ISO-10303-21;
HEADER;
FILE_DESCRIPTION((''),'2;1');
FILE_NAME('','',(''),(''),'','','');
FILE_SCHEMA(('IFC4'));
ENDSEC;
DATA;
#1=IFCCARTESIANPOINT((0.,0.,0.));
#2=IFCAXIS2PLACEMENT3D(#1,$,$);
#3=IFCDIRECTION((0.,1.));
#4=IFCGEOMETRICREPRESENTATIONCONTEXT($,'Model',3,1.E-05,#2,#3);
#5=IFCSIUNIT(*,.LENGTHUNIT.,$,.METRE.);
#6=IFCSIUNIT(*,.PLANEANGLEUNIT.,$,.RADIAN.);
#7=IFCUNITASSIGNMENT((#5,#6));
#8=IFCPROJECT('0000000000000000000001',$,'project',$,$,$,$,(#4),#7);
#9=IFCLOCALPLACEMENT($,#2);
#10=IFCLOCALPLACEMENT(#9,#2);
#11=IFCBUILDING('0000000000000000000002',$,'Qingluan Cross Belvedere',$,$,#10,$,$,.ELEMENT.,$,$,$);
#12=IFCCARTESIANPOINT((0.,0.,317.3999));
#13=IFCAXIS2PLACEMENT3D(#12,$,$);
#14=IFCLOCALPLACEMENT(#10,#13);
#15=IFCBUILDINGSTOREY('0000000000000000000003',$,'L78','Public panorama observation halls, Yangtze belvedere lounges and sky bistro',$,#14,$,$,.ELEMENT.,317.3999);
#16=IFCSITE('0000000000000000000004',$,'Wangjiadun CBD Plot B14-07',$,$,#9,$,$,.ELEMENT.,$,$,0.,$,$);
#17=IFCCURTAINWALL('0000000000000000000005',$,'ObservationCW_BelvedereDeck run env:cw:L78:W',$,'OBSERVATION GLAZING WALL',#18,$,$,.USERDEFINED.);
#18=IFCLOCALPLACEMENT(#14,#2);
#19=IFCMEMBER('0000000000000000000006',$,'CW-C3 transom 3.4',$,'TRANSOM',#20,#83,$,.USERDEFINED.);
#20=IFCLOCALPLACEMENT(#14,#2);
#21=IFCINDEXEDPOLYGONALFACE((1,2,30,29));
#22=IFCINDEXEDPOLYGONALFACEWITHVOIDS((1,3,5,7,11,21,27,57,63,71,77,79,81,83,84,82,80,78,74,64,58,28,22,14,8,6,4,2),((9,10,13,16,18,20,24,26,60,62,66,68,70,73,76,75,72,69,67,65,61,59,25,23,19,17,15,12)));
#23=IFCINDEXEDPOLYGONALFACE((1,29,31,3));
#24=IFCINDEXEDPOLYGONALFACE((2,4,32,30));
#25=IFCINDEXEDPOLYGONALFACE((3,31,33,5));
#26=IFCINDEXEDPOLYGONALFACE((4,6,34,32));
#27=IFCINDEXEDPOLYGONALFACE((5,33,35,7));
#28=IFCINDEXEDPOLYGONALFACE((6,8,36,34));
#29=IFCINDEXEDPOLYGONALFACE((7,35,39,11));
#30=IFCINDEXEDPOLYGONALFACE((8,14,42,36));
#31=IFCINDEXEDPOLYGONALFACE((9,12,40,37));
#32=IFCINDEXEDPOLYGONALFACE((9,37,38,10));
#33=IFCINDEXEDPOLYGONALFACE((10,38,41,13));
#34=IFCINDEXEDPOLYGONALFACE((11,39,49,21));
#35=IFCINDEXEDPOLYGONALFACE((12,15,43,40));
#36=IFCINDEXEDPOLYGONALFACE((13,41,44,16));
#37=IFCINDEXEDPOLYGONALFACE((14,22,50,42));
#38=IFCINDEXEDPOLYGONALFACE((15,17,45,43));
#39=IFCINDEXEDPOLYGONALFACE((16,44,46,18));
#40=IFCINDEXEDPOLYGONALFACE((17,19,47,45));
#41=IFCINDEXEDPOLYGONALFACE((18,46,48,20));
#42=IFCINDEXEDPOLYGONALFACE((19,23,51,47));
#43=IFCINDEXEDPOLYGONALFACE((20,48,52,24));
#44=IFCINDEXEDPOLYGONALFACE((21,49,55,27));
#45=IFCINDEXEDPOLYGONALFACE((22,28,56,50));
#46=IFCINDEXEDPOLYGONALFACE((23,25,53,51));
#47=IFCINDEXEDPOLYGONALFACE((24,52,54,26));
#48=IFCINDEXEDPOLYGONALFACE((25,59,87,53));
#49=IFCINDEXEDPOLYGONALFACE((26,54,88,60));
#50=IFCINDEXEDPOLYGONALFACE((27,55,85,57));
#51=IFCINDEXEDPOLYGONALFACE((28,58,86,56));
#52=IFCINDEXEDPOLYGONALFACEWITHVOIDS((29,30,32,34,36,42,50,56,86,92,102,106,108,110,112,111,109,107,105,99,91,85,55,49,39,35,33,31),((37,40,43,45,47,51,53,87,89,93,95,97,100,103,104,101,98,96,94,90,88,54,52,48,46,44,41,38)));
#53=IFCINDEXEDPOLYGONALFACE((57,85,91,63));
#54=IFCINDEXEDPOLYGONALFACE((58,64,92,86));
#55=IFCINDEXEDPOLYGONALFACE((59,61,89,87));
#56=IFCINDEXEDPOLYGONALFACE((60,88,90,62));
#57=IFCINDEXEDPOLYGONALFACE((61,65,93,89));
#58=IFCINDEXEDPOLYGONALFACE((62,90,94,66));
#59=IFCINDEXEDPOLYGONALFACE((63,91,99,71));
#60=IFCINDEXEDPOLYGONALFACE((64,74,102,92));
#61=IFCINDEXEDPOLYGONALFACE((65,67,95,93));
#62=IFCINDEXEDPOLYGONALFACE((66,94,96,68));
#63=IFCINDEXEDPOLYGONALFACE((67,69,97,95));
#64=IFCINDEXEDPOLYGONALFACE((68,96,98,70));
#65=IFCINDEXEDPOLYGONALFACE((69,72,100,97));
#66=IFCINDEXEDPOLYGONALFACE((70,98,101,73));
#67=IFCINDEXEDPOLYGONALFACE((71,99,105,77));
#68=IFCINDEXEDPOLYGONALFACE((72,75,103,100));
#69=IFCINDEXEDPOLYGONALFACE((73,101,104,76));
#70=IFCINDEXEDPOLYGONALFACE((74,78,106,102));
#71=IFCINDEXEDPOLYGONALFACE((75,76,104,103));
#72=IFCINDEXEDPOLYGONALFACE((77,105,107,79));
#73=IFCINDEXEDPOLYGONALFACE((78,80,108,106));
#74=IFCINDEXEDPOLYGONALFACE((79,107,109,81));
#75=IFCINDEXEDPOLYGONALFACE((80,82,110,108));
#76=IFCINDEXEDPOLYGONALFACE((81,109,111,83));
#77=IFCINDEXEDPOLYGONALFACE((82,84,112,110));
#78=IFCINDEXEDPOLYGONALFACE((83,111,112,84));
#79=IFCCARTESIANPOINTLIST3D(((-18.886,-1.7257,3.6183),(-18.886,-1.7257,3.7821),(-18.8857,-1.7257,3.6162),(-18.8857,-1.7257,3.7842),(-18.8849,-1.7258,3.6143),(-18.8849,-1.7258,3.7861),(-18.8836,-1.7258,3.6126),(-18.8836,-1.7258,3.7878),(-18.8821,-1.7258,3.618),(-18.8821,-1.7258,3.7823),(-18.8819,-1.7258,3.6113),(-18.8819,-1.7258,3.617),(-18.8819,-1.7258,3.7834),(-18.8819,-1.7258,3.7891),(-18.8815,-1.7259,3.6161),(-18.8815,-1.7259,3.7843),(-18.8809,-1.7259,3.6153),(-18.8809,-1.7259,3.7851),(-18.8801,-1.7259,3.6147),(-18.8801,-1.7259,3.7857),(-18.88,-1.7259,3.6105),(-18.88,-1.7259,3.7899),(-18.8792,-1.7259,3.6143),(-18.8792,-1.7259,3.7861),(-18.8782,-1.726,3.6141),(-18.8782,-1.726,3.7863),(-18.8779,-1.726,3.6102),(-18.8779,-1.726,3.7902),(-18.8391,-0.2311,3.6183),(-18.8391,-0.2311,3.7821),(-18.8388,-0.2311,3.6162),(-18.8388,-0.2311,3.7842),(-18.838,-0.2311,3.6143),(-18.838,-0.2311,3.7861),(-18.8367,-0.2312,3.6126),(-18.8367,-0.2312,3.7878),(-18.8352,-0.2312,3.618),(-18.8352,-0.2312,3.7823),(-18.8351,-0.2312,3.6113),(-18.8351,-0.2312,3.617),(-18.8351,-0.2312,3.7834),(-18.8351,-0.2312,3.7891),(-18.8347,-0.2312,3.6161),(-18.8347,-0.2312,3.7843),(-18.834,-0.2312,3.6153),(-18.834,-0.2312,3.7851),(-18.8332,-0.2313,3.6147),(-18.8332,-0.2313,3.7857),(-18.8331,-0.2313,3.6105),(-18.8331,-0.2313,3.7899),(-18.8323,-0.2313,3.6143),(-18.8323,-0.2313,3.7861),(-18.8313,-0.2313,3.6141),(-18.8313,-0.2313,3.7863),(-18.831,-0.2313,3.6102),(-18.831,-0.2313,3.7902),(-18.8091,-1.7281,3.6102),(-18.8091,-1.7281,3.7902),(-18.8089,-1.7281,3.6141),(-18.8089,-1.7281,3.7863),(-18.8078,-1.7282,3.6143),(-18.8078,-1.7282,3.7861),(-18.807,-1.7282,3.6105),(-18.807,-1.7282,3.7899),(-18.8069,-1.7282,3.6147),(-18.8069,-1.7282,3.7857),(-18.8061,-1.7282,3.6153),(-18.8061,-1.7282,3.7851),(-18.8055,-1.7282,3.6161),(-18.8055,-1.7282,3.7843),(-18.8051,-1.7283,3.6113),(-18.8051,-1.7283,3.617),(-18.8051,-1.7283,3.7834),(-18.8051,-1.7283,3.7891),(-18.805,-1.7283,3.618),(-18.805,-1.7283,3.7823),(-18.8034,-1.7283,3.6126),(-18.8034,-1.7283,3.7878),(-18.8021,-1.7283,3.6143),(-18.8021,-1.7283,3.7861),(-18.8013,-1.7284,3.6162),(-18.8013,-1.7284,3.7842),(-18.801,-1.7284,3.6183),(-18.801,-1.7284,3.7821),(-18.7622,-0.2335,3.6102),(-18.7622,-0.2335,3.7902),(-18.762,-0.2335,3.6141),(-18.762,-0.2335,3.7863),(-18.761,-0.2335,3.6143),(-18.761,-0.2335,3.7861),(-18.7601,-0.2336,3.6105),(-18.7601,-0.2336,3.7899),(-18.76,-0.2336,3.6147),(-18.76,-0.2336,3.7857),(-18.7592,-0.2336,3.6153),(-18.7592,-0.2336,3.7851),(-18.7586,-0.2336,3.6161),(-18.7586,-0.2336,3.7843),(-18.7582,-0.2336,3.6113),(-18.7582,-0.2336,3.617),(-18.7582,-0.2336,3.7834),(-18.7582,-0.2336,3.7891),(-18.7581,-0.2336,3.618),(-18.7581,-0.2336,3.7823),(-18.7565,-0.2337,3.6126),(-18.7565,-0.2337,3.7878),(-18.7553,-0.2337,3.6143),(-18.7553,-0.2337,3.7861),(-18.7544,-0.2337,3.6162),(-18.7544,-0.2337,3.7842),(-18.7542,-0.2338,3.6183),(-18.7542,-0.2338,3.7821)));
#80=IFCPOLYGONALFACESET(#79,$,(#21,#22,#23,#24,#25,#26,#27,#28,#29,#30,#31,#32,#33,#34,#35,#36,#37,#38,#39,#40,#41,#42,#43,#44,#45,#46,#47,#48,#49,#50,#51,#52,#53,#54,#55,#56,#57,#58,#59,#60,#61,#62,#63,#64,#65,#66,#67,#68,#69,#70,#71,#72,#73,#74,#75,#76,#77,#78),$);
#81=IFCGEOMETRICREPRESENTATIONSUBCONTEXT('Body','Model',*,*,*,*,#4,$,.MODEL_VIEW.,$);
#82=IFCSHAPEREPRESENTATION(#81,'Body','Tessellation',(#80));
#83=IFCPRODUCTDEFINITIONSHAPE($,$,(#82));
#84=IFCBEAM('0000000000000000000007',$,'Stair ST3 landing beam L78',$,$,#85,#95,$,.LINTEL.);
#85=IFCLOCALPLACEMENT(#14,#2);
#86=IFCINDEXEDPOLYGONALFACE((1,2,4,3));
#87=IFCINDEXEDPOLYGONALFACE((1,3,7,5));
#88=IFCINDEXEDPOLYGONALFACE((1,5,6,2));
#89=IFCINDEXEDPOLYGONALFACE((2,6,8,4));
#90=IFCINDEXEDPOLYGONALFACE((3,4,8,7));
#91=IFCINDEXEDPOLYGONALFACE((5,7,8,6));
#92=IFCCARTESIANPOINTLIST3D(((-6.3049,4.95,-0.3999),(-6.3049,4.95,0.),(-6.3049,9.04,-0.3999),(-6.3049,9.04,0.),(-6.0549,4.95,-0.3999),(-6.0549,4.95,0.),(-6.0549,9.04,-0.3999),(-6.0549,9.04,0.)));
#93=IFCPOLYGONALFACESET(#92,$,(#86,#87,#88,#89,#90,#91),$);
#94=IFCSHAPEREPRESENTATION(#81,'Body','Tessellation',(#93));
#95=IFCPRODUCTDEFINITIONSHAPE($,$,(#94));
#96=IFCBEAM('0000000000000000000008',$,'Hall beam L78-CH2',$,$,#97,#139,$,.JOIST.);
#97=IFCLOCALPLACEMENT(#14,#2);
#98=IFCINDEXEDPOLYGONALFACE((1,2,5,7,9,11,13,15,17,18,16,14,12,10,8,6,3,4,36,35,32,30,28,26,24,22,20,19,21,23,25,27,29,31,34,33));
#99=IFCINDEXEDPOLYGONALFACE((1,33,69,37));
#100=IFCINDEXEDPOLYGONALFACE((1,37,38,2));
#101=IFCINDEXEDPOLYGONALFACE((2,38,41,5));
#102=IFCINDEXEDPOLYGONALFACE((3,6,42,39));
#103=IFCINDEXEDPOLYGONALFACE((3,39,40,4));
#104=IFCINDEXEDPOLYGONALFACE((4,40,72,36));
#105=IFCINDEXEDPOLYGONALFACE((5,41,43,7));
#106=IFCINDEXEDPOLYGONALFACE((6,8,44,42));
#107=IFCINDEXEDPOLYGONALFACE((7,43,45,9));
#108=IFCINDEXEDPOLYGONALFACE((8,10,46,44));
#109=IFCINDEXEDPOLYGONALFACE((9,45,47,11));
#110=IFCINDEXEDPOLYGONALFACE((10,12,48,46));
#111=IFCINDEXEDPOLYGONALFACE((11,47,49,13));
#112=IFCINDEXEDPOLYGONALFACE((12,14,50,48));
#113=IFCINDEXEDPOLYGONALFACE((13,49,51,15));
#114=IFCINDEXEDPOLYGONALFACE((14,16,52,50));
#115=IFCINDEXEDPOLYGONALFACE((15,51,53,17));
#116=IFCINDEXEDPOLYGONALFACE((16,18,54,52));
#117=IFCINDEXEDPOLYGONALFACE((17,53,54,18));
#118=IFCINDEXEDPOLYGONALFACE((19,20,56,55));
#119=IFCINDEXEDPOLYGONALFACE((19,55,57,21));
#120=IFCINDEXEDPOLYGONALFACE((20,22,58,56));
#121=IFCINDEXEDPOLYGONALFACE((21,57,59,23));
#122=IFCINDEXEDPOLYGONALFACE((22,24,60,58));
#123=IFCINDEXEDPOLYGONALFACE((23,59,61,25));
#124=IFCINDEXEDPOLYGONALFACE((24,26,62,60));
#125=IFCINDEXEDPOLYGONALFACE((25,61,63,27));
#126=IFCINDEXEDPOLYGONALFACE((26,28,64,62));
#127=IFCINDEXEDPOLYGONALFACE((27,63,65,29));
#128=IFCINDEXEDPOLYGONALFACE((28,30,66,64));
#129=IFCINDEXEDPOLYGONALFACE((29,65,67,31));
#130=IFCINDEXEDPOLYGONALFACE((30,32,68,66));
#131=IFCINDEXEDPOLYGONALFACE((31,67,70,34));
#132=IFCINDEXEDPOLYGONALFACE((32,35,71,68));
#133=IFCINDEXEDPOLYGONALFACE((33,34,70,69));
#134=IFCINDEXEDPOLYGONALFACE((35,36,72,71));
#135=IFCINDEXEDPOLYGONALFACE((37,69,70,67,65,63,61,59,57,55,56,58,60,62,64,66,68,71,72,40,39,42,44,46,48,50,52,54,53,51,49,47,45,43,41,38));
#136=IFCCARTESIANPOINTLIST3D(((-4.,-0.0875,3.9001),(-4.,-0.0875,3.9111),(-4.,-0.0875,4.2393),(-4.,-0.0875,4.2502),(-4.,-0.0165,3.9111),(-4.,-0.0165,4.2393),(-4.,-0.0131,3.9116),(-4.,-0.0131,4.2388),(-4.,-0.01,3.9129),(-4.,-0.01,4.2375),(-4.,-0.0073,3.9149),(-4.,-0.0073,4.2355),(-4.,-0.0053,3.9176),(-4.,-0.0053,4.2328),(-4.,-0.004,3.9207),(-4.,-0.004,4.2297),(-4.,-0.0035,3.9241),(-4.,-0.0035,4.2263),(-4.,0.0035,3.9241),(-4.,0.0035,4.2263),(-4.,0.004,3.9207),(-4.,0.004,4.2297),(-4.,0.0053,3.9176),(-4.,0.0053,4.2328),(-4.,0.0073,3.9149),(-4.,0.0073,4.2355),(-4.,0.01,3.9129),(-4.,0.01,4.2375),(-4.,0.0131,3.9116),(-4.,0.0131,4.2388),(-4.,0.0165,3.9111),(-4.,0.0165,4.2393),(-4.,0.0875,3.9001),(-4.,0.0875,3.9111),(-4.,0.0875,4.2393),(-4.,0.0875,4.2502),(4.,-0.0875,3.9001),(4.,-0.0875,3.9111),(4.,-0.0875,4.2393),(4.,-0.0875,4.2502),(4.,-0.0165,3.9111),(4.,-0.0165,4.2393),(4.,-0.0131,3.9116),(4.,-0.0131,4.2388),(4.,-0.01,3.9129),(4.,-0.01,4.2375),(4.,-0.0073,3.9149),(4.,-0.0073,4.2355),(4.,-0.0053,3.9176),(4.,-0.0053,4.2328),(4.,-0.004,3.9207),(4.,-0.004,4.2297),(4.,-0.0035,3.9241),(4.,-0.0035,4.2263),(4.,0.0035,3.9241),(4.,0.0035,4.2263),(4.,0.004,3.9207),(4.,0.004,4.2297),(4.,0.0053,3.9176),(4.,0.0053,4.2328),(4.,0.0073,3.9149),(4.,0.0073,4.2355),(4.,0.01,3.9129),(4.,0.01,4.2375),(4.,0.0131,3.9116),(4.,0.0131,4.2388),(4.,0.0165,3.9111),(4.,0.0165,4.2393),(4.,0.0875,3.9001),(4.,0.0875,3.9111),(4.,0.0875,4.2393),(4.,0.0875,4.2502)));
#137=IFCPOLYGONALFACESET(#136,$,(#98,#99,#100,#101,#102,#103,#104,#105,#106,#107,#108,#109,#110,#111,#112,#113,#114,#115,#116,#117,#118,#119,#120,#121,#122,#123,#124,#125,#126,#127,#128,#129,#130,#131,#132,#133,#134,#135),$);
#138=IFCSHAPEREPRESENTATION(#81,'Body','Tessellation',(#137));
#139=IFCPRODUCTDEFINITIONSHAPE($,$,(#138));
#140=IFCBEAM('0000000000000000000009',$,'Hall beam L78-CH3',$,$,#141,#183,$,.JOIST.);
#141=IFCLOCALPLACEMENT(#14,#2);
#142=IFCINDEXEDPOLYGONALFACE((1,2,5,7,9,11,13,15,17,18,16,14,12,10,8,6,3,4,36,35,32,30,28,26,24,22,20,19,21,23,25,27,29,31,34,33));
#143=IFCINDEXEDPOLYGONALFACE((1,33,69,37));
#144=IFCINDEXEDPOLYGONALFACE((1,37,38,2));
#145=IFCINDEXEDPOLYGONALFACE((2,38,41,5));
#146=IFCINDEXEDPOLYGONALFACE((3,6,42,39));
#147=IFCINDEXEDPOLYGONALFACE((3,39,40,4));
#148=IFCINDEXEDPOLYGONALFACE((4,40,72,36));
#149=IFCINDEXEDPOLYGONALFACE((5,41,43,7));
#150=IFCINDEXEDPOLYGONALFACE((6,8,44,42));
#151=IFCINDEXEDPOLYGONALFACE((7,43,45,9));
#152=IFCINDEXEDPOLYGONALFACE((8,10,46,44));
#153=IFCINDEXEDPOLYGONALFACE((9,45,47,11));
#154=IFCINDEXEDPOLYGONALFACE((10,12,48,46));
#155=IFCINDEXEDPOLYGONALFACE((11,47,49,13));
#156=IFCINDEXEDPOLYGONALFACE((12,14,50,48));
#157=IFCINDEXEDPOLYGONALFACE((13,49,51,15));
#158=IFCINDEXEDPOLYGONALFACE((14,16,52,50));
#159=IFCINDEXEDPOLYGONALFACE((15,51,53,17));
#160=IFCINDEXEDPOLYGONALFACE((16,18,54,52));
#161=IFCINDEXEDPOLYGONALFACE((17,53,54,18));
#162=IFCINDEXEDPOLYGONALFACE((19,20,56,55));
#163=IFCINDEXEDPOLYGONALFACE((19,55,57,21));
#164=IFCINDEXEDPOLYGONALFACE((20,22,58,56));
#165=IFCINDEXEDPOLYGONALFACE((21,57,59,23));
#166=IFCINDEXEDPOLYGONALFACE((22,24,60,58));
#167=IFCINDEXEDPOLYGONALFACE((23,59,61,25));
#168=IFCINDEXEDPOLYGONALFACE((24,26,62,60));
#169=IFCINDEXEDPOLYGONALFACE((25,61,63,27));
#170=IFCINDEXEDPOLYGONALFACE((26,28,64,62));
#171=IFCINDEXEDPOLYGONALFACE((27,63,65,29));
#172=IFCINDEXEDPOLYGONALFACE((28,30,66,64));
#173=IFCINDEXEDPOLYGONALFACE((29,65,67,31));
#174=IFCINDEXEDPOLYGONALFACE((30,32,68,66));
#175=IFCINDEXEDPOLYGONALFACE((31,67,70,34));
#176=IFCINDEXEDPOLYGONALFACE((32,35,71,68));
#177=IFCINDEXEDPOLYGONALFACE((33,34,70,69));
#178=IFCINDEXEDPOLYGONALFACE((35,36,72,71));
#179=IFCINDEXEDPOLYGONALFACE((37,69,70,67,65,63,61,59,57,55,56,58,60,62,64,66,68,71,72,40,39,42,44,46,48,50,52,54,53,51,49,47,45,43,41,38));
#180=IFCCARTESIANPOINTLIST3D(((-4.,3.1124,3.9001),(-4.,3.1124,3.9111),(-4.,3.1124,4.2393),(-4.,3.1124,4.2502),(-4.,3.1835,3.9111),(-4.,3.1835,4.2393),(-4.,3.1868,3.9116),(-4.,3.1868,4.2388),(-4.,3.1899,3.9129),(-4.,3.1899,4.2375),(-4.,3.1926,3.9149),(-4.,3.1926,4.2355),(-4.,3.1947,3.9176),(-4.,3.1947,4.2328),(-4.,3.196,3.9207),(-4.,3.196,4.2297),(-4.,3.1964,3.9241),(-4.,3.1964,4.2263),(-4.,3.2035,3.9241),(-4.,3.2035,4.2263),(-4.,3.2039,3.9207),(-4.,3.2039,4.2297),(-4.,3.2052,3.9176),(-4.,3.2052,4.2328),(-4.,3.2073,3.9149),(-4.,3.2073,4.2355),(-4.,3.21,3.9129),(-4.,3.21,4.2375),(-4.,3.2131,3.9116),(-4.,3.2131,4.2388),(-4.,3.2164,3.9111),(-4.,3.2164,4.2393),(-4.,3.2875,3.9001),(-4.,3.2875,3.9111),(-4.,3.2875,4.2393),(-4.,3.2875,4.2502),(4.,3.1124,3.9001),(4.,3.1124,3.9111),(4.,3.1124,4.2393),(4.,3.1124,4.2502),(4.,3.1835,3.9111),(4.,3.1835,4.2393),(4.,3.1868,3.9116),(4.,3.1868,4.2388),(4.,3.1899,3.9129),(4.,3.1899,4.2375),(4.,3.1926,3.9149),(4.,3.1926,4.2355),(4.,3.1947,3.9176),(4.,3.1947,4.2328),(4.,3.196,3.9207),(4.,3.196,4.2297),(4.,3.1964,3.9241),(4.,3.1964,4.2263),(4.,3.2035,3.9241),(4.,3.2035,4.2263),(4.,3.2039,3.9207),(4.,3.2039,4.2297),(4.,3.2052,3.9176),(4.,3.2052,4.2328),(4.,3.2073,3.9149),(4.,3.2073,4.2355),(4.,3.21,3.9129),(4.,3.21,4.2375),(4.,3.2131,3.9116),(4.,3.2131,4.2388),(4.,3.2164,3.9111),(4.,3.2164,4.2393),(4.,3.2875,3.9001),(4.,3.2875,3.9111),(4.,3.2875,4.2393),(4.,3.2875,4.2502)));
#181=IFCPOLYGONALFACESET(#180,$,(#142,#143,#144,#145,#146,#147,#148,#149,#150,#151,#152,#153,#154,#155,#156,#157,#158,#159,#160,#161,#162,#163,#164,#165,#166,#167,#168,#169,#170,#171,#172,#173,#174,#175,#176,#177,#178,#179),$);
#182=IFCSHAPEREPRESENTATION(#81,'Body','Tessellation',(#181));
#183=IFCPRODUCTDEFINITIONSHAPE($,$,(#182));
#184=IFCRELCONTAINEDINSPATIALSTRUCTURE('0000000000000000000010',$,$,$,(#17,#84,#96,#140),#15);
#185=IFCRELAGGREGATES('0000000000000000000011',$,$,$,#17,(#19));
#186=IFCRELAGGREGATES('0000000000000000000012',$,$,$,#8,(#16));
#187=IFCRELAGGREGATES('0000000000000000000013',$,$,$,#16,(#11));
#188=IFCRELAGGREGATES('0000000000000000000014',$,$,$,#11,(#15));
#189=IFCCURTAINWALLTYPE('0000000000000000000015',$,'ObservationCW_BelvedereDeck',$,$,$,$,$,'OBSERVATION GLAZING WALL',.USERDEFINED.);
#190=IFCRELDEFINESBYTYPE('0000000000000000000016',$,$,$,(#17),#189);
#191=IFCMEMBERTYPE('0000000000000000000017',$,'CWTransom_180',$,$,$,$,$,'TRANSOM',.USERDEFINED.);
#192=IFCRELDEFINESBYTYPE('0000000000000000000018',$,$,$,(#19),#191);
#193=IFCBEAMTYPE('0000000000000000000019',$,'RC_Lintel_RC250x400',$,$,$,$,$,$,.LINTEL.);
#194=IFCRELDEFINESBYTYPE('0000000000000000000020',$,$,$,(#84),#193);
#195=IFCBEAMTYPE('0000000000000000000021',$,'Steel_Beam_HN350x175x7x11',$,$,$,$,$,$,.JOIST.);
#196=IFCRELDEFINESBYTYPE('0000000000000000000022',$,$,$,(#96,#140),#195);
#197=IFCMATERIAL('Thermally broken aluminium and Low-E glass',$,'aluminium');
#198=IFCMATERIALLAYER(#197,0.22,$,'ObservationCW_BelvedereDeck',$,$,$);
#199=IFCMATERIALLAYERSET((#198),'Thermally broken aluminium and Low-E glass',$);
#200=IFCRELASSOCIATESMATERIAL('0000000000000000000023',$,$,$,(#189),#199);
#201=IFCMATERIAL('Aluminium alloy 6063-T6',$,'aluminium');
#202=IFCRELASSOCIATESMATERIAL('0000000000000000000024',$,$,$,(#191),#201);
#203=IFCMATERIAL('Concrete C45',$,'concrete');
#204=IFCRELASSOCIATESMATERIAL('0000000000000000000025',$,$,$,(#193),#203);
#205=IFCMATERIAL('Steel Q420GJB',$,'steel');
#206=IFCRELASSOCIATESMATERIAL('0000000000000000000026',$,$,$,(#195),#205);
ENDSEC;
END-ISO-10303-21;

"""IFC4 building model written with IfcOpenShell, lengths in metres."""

from ifc_helpers import new_model, si_unit, direction, frame, origin, origin_2d, place, context, subcontext, project, spatial, rectangle, hollow_rectangle, i_section, extrude, material, layer, layer_set, material_profile, profile_set, type_object, element, aggregate, save


model = new_model("IFC4")

# Units and contexts
model_context = context("Model", 3, precision=1e-05, world=origin(), true_north=direction((0.0, 1.0)))
body_context = subcontext(model_context, "Body", "Model", "MODEL_VIEW")
ifc_project = project(units=[si_unit("LENGTHUNIT", "METRE"), si_unit("PLANEANGLEUNIT", "RADIAN")], contexts=[model_context])

# Site, building, storey
site_placement = place(None, origin())
site = spatial("IfcSite", under=ifc_project, at=site_placement, Name="Wangjiadun CBD Plot B14-07", CompositionType="ELEMENT", RefElevation=0.0)
building_placement = place(site_placement, origin())
building = spatial("IfcBuilding", under=site, at=building_placement, Name="Qingluan Cross Belvedere", CompositionType="ELEMENT")
storey_placement = place(building_placement, frame((0.0, 0.0, 317.3999)))
storey = spatial("IfcBuildingStorey", under=building, at=storey_placement, Name="L78", Description="Public panorama observation halls, Yangtze belvedere lounges and sky bistro", CompositionType="ELEMENT", Elevation=317.3999)

# Curtain wall, member
ifc_material_1 = material(Name="Thermally broken aluminium and Low-E glass", Category="aluminium")
ifc_layer_1 = layer(ifc_material_1, 0.22, Name="ObservationCW_BelvedereDeck")
ifc_layer_set_1 = layer_set([ifc_layer_1], Name="Thermally broken aluminium and Low-E glass")
curtain_wall_type = type_object("IfcCurtainWallType", Name="ObservationCW_BelvedereDeck", ElementType="OBSERVATION GLAZING WALL", PredefinedType="USERDEFINED", material=ifc_layer_set_1)
curtain_wall_placement = place(storey_placement, origin())
curtain_wall = element("IfcCurtainWall", 1, at=curtain_wall_placement, inside=storey, type_object=curtain_wall_type, Name="ObservationCW_BelvedereDeck run env:cw:L78:W", ObjectType="OBSERVATION GLAZING WALL", PredefinedType="USERDEFINED")
ifc_material_2 = material(Name="Aluminium alloy 6063-T6", Category="aluminium")
ifc_material_profile_1 = material_profile(ifc_material_2, hollow_rectangle(XDim=0.085, YDim=0.1799, WallThickness=0.0039, InnerFilletRadius=0.0039, OuterFilletRadius=0.0081, at=origin_2d()), Name="CWT180x85x4")
ifc_profile_set_1 = profile_set([ifc_material_profile_1], Name="Aluminium alloy 6063-T6")
member_type_1 = type_object("IfcMemberType", Name="CWTransom_180", ElementType="TRANSOM", PredefinedType="USERDEFINED", material=ifc_profile_set_1)
member_1_placement = place(storey_placement, frame((-18.7966, -0.2324, 3.7002), z_axis=(-0.031347, -0.999509, 0.0), x_axis=(0.999509, -0.031347, 0.0)))
member_1 = element("IfcMember", 2, at=member_1_placement, type_object=member_type_1, Name="CW-C3 transom 3.4", ObjectType="TRANSOM", PredefinedType="USERDEFINED", context=body_context, shape_type="SweptSolid", body=[
    extrude(hollow_rectangle(XDim=0.085, YDim=0.1799, WallThickness=0.0039, InnerFilletRadius=0.0039, OuterFilletRadius=0.0081, at=origin_2d()), origin(), (0.0, 0.0, 1.0), 1.4954),
])

# Beams
ifc_material_3 = material(Name="Concrete C45", Category="concrete")
ifc_material_profile_2 = material_profile(ifc_material_3, rectangle(XDim=0.25, YDim=0.3999, at=origin_2d()), Name="RC250x400")
ifc_profile_set_2 = profile_set([ifc_material_profile_2], Name="Concrete C45")
beam_type_1 = type_object("IfcBeamType", Name="RC_Lintel_RC250x400", PredefinedType="LINTEL", material=ifc_profile_set_2)
beam_1_placement = place(storey_placement, frame((-6.1799, 4.95, -0.2), z_axis=(0.0, 1.0, 0.0), x_axis=(-1.0, 0.0, 0.0)))
element("IfcBeam", 3, at=beam_1_placement, inside=storey, type_object=beam_type_1, Name="Stair ST3 landing beam L78", PredefinedType="LINTEL", context=body_context, shape_type="SweptSolid", body=[
    extrude(rectangle(XDim=0.25, YDim=0.3999, at=origin_2d()), origin(), (0.0, 0.0, 1.0), 4.0901),
])
ifc_material_4 = material(Name="Steel Q420GJB", Category="steel")
ifc_material_profile_3 = material_profile(ifc_material_4, i_section(OverallWidth=0.175, OverallDepth=0.3501, WebThickness=0.0071, FlangeThickness=0.011, FilletRadius=0.0129, at=origin_2d()), Name="HN350x175x7x11")
ifc_profile_set_3 = profile_set([ifc_material_profile_3], Name="Steel Q420GJB")
beam_type_2 = type_object("IfcBeamType", Name="Steel_Beam_HN350x175x7x11", PredefinedType="JOIST", material=ifc_profile_set_3)
for number, where, z_axis, x_axis, name in (
    (4, (-4.0, 0.0, 4.0752), (1.0, 0.0, 0.0), (0.0, 1.0, 0.0), "Hall beam L78-CH2"),
    (5, (-4.0, 3.2, 4.0752), (1.0, 0.0, 0.0), (0.0, 1.0, 0.0), "Hall beam L78-CH3"),
):
    element("IfcBeam", number, at=place(storey_placement, frame(where, z_axis=z_axis, x_axis=x_axis)), inside=storey, type_object=beam_type_2, Name=name, PredefinedType="JOIST", context=body_context, shape_type="SweptSolid", body=[
        extrude(i_section(OverallWidth=0.175, OverallDepth=0.3501, WebThickness=0.0071, FlangeThickness=0.011, FilletRadius=0.0129, at=origin_2d()), origin(), (0.0, 0.0, 1.0), 8.0),
    ])

aggregate(curtain_wall, [member_1])

save(model, "model.ifc")
